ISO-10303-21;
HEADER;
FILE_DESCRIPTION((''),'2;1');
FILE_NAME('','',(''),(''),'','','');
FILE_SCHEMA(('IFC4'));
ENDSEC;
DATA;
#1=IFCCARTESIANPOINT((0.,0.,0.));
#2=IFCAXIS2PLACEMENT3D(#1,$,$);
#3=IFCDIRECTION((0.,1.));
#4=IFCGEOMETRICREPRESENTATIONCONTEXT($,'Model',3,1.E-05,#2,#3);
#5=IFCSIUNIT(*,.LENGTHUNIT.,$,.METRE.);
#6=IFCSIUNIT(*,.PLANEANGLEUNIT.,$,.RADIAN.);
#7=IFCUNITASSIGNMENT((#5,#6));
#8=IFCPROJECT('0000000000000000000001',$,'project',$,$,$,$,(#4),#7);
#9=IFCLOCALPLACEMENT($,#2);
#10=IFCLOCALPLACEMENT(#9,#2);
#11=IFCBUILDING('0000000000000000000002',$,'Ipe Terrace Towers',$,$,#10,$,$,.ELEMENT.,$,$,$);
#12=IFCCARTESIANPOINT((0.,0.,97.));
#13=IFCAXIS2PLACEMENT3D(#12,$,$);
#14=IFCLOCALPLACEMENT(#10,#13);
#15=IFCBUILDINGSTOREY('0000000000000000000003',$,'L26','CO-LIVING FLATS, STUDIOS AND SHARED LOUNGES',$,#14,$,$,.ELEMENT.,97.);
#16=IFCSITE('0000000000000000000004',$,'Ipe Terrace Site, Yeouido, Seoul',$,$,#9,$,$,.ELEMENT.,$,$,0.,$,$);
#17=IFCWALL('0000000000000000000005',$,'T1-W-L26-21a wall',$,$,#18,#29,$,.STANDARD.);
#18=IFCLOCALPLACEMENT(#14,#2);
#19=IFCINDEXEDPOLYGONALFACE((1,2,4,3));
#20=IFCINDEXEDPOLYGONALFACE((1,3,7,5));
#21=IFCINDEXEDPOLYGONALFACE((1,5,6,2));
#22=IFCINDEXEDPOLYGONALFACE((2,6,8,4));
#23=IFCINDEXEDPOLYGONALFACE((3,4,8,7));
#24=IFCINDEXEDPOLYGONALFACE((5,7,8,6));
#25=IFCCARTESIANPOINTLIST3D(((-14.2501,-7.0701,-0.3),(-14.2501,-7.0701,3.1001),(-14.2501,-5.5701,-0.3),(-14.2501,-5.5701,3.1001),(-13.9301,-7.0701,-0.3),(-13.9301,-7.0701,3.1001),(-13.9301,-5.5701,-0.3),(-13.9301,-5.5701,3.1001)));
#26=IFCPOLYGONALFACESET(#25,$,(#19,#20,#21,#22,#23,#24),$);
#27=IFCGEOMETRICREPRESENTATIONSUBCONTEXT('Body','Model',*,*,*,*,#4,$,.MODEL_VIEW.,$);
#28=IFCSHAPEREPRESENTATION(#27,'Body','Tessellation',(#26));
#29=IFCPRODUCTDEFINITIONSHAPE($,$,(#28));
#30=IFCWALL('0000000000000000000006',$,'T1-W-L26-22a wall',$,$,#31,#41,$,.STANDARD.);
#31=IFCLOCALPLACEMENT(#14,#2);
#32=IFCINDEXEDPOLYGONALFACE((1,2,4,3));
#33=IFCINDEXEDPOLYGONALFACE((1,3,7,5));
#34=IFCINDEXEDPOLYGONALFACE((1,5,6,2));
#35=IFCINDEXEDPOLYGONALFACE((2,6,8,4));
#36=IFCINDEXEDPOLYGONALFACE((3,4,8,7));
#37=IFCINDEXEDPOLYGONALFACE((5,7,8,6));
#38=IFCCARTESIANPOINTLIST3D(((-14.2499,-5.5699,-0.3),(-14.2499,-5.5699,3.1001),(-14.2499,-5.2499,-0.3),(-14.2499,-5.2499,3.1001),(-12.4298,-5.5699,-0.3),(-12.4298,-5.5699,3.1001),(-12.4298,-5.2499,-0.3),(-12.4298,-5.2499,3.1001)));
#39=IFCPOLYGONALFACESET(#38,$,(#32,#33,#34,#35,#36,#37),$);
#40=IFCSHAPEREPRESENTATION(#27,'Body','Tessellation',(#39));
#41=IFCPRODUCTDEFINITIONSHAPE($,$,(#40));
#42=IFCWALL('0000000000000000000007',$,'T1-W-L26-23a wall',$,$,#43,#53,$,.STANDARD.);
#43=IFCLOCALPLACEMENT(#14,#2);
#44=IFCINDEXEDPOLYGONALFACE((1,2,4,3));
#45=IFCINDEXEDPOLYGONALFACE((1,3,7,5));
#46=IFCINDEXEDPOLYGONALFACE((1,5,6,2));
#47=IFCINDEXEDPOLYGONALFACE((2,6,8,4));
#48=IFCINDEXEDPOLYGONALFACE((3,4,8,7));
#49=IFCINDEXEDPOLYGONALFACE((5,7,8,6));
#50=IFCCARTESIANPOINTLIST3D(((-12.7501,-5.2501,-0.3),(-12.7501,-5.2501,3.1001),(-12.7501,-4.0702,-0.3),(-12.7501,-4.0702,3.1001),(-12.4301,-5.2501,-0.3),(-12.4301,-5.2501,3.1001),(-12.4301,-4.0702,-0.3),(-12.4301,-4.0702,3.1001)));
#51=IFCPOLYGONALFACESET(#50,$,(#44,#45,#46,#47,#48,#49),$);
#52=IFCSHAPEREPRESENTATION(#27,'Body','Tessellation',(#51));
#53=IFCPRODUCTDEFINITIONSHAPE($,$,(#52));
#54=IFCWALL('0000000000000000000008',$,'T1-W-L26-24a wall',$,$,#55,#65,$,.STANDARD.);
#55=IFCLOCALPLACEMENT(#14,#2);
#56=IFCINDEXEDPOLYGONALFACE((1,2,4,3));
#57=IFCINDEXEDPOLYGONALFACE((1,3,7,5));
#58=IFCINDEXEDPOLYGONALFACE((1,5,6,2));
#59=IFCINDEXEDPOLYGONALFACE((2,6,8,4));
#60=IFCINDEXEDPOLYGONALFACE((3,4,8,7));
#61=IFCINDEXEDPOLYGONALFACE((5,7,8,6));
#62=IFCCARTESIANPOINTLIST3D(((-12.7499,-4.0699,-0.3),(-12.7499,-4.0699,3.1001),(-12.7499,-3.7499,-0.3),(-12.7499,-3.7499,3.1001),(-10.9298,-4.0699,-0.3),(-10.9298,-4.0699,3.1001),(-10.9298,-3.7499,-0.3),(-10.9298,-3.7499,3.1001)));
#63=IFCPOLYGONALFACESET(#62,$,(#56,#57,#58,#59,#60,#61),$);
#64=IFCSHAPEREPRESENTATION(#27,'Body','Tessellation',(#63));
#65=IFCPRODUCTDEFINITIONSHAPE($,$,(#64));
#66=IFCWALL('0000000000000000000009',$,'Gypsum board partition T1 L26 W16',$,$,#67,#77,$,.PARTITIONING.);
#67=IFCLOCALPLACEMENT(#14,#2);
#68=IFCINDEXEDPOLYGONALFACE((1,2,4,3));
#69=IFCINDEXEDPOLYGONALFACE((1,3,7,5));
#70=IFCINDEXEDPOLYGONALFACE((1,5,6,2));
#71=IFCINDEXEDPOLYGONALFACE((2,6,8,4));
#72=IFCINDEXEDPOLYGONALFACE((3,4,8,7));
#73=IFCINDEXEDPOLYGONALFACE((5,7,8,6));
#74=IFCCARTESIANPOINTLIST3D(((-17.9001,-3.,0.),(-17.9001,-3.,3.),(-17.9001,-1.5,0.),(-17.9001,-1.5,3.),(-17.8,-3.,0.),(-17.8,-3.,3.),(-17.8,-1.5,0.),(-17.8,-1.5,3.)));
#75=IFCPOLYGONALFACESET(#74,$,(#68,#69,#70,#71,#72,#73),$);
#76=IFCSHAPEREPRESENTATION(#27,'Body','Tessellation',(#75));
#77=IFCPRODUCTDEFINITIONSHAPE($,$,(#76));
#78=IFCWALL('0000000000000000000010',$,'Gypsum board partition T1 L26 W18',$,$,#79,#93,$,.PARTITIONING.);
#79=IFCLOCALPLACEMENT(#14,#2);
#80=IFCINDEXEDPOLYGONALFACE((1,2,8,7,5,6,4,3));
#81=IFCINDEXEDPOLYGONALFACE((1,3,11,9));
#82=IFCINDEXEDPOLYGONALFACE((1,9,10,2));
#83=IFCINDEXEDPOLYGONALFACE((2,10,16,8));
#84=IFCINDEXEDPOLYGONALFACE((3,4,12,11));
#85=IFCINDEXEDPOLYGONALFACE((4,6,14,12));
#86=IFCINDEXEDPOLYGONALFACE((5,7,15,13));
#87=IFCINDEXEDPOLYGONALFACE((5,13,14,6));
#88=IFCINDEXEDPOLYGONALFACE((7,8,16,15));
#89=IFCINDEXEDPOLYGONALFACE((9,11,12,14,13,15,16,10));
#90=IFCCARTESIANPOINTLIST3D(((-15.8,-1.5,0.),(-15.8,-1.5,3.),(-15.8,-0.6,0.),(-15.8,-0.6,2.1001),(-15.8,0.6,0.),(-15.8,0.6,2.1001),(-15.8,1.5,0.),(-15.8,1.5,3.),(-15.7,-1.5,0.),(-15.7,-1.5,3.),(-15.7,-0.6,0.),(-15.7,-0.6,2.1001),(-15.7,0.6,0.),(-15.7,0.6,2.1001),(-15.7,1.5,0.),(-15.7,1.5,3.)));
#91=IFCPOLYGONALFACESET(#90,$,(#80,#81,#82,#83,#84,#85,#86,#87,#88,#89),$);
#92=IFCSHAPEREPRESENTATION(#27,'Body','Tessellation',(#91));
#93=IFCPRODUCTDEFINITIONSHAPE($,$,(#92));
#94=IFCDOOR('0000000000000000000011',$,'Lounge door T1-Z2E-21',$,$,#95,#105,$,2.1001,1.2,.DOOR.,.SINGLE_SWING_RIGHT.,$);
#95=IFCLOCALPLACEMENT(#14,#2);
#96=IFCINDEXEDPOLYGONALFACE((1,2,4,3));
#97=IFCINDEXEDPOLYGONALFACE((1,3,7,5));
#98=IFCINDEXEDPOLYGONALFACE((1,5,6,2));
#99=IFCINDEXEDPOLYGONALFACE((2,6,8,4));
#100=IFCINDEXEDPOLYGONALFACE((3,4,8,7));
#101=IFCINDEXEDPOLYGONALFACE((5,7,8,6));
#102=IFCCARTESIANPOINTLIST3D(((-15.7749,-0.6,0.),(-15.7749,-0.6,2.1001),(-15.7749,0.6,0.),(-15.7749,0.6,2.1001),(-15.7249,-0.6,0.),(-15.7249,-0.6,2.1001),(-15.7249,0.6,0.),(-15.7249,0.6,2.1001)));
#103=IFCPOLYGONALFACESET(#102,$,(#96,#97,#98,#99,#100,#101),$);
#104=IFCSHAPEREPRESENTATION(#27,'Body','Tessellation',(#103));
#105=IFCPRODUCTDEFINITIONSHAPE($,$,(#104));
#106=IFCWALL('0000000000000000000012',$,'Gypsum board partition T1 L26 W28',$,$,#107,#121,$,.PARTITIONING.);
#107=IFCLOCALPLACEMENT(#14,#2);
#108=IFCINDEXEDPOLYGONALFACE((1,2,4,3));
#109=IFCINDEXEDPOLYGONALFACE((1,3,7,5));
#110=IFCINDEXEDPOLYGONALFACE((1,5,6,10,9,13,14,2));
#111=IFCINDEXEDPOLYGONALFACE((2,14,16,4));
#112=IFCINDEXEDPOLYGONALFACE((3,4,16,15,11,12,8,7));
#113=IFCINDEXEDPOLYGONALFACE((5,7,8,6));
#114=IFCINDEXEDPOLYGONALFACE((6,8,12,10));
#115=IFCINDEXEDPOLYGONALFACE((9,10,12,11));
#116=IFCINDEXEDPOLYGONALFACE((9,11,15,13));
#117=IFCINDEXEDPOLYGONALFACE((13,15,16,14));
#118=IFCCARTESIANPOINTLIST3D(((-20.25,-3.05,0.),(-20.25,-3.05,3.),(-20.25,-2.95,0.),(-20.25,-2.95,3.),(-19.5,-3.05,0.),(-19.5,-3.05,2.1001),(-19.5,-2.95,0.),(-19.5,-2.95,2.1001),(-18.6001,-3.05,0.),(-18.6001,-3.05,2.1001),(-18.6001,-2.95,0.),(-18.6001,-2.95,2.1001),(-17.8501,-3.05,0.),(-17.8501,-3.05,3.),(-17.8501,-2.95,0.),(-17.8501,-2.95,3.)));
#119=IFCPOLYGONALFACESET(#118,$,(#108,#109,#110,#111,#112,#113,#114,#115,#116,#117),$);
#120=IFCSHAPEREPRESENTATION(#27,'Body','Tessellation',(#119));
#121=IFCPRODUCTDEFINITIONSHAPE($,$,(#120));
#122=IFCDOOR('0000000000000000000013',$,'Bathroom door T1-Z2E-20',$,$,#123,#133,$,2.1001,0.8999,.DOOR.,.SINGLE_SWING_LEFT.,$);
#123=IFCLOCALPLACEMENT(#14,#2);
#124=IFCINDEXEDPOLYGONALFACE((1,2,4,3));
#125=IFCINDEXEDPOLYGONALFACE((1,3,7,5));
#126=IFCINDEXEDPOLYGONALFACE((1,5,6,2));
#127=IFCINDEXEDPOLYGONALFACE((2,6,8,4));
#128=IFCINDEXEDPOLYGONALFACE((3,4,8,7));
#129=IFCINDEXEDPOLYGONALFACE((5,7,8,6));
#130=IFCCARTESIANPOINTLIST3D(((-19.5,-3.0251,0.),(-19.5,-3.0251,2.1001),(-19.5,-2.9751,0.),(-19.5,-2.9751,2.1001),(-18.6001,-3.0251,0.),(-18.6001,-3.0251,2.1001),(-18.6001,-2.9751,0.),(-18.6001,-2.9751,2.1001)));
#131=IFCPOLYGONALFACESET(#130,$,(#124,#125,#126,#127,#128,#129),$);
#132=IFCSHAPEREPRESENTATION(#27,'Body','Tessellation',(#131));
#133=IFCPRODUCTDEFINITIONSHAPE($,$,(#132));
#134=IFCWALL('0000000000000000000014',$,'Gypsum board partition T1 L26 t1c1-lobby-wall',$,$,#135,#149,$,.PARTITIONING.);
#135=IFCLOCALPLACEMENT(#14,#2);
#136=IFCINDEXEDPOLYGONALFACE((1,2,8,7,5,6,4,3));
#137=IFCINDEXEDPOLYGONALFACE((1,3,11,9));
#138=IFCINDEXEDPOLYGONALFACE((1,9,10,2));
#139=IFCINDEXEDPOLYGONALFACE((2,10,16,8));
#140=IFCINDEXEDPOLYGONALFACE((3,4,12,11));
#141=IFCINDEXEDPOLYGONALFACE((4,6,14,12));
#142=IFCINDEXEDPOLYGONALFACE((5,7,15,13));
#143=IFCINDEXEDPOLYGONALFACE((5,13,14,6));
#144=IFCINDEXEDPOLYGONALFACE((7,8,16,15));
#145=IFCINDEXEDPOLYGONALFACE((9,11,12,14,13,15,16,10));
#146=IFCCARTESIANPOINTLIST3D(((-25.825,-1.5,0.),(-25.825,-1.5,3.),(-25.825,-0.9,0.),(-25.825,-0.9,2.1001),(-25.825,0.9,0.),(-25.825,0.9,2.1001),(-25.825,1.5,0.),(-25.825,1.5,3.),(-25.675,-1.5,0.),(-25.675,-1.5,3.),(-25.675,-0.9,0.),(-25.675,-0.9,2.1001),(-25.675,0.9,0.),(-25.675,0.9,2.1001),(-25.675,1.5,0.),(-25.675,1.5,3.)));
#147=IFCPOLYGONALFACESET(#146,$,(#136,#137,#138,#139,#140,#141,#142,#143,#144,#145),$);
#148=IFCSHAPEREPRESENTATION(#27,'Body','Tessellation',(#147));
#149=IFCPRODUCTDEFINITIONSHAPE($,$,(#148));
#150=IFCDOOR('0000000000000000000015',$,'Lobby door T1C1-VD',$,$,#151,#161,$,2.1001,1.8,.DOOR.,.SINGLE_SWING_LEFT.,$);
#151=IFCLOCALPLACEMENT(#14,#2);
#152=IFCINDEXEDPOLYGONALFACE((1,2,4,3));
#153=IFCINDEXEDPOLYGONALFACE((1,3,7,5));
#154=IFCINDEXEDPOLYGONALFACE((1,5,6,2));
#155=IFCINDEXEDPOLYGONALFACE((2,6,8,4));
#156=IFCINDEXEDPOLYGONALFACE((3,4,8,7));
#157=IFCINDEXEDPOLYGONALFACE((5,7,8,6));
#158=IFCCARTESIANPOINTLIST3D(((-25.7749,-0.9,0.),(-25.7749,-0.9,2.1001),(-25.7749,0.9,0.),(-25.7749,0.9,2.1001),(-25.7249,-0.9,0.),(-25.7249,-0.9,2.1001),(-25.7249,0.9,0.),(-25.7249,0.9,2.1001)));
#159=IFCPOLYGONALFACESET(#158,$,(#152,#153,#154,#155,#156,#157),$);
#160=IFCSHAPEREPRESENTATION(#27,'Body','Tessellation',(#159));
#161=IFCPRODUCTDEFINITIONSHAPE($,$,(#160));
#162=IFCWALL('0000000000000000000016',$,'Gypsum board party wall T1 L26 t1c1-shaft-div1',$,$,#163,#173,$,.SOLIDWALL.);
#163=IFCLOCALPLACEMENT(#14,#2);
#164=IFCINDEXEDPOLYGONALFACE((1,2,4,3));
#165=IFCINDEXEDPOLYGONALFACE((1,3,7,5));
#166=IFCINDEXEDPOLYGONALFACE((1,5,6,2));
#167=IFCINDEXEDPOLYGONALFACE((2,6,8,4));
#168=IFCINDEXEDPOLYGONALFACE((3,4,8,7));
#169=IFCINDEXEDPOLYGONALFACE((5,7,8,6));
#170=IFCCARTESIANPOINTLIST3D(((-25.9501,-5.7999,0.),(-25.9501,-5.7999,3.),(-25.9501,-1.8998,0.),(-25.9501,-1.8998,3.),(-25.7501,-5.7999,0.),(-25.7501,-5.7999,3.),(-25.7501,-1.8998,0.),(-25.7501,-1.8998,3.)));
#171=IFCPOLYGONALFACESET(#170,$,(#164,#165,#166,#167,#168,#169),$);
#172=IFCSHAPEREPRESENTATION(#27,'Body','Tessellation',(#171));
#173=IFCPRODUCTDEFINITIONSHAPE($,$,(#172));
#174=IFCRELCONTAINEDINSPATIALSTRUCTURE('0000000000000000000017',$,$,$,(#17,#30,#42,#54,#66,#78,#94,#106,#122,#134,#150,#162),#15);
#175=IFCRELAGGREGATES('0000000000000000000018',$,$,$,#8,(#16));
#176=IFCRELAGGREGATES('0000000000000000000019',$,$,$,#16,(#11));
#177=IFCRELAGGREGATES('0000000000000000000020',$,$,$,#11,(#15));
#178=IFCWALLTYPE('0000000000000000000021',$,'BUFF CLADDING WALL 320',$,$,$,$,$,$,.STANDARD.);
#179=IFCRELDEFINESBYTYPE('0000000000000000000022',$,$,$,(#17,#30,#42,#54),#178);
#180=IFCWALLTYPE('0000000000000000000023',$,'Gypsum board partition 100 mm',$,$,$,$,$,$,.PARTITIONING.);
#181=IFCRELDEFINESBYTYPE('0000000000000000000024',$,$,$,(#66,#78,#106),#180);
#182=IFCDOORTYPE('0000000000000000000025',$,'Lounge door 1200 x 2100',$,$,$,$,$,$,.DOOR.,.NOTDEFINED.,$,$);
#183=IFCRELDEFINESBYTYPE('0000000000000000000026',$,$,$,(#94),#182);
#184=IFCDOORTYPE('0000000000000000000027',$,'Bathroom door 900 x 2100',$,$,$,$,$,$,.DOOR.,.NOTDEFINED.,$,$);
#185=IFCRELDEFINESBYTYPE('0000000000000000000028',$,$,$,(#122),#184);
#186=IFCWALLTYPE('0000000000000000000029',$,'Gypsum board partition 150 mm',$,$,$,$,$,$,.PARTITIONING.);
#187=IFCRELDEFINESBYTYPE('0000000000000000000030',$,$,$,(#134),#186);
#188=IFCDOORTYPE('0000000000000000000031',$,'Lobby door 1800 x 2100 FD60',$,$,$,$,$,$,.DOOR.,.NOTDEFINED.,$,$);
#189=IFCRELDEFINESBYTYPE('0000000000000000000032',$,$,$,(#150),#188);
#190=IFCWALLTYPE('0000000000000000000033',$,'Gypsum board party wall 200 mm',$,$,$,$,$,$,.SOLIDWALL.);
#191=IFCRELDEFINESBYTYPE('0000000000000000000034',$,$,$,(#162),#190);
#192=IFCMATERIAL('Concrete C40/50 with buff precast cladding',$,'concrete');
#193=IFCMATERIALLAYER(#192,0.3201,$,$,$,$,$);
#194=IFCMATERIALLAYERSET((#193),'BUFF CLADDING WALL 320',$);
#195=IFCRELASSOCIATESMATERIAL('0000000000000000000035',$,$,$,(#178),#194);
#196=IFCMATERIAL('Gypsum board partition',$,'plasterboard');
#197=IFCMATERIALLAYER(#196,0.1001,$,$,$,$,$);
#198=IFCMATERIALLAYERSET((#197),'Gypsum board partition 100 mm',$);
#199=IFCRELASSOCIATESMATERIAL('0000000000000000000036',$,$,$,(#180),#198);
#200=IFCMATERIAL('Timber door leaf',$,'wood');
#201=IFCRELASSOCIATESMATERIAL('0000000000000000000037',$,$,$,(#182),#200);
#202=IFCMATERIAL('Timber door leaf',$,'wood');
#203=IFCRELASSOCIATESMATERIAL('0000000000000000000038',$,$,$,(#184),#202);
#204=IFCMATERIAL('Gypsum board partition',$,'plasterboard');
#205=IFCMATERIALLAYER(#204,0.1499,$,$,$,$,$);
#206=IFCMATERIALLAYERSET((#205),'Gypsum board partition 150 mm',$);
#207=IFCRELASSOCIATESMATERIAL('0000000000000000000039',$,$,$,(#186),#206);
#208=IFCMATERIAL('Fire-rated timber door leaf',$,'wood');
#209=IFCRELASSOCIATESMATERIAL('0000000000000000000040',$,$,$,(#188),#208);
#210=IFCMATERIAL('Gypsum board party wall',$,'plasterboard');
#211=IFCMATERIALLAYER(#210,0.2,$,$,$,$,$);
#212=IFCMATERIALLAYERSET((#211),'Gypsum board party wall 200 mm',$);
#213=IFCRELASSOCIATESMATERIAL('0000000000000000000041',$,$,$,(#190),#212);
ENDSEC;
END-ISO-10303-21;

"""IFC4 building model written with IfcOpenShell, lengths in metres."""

from ifc_helpers import new_model, si_unit, direction, frame, frame_2d, origin, place, context, subcontext, project, spatial, rectangle, extrude, material, layer, layer_set, type_object, element, fill, save


model = new_model("IFC4")

# Units and contexts
model_context = context("Model", 3, precision=1e-05, world=origin(), true_north=direction((0.0, 1.0)))
body_context = subcontext(model_context, "Body", "Model", "MODEL_VIEW")
ifc_project = project(units=[si_unit("LENGTHUNIT", "METRE"), si_unit("PLANEANGLEUNIT", "RADIAN")], contexts=[model_context])

# Site, building, storey
site_placement = place(None, origin())
site = spatial("IfcSite", under=ifc_project, at=site_placement, Name="Ipe Terrace Site, Yeouido, Seoul", CompositionType="ELEMENT", RefElevation=0.0)
building_placement = place(site_placement, origin())
building = spatial("IfcBuilding", under=site, at=building_placement, Name="Ipe Terrace Towers", CompositionType="ELEMENT")
storey_placement = place(building_placement, frame((0.0, 0.0, 97.0)))
storey = spatial("IfcBuildingStorey", under=building, at=storey_placement, Name="L26", Description="CO-LIVING FLATS, STUDIOS AND SHARED LOUNGES", CompositionType="ELEMENT", Elevation=97.0)

# Walls
ifc_material_1 = material(Name="Concrete C40/50 with buff precast cladding", Category="concrete")
ifc_layer_1 = layer(ifc_material_1, 0.3201)
ifc_layer_set_1 = layer_set([ifc_layer_1], Name="BUFF CLADDING WALL 320")
wall_type_1 = type_object("IfcWallType", Name="BUFF CLADDING WALL 320", PredefinedType="STANDARD", material=ifc_layer_set_1)
wall_1_placement = place(storey_placement, frame((-14.0901, -7.0701, -0.3), z_axis=(0.0, 0.0, 1.0), x_axis=(0.0, 1.0, 0.0)))
element("IfcWall", 1, at=wall_1_placement, inside=storey, type_object=wall_type_1, Name="T1-W-L26-21a wall", PredefinedType="STANDARD", context=body_context, shape_type="SweptSolid", body=[
    extrude(rectangle(XDim=1.5, YDim=0.3201, at=frame_2d((0.75, 0.0))), origin(), (0.0, 0.0, 1.0), 3.4001),
])
wall_2_placement = place(storey_placement, frame((-14.25, -5.4099, -0.3), z_axis=(0.0, 0.0, 1.0), x_axis=(1.0, 0.0, 0.0)))
element("IfcWall", 2, at=wall_2_placement, inside=storey, type_object=wall_type_1, Name="T1-W-L26-22a wall", PredefinedType="STANDARD", context=body_context, shape_type="SweptSolid", body=[
    extrude(rectangle(XDim=1.8201, YDim=0.3201, at=frame_2d((0.9102, 0.0))), origin(), (0.0, 0.0, 1.0), 3.4001),
])
wall_3_placement = place(storey_placement, frame((-12.5901, -5.25, -0.3), z_axis=(0.0, 0.0, 1.0), x_axis=(0.0, 1.0, 0.0)))
element("IfcWall", 3, at=wall_3_placement, inside=storey, type_object=wall_type_1, Name="T1-W-L26-23a wall", PredefinedType="STANDARD", context=body_context, shape_type="SweptSolid", body=[
    extrude(rectangle(XDim=1.1799, YDim=0.3201, at=frame_2d((0.5898, 0.0))), origin(), (0.0, 0.0, 1.0), 3.4001),
])
wall_4_placement = place(storey_placement, frame((-12.75, -3.9099, -0.3), z_axis=(0.0, 0.0, 1.0), x_axis=(1.0, 0.0, 0.0)))
element("IfcWall", 4, at=wall_4_placement, inside=storey, type_object=wall_type_1, Name="T1-W-L26-24a wall", PredefinedType="STANDARD", context=body_context, shape_type="SweptSolid", body=[
    extrude(rectangle(XDim=1.8201, YDim=0.3201, at=frame_2d((0.9102, 0.0))), origin(), (0.0, 0.0, 1.0), 3.4001),
])
ifc_material_2 = material(Name="Gypsum board partition", Category="plasterboard")
ifc_layer_2 = layer(ifc_material_2, 0.1001)
ifc_layer_set_2 = layer_set([ifc_layer_2], Name="Gypsum board partition 100 mm")
wall_type_2 = type_object("IfcWallType", Name="Gypsum board partition 100 mm", PredefinedType="PARTITIONING", material=ifc_layer_set_2)
wall_5_placement = place(storey_placement, frame((-17.8501, -3.0, 0.0), z_axis=(0.0, 0.0, 1.0), x_axis=(0.0, 1.0, 0.0)))
element("IfcWall", 5, at=wall_5_placement, inside=storey, type_object=wall_type_2, Name="Gypsum board partition T1 L26 W16", PredefinedType="PARTITIONING", context=body_context, shape_type="SweptSolid", body=[
    extrude(rectangle(XDim=1.5, YDim=0.1001, at=frame_2d((0.75, 0.0))), origin(), (0.0, 0.0, 1.0), 3.0),
])

# Walls, openings, doors
wall_6_placement = place(storey_placement, frame((-15.75, -1.5, 0.0), z_axis=(0.0, 0.0, 1.0), x_axis=(0.0, 1.0, 0.0)))
wall_6 = element("IfcWall", 6, at=wall_6_placement, inside=storey, type_object=wall_type_2, Name="Gypsum board partition T1 L26 W18", PredefinedType="PARTITIONING", context=body_context, shape_type="SweptSolid", body=[
    extrude(rectangle(XDim=3.0, YDim=0.1001, at=frame_2d((1.5, 0.0))), origin(), (0.0, 0.0, 1.0), 3.0),
])
opening_1_placement = place(wall_6_placement, frame((0.8999, 0.0, 0.0)))
opening_1 = element("IfcOpeningElement", 7, at=opening_1_placement, cuts=wall_6, PredefinedType="OPENING", context=body_context, shape_type="SweptSolid", body=[
    extrude(rectangle(XDim=1.2, YDim=2.1001, at=frame_2d((0.6001, 1.05))), frame((0.0, 0.0601, 0.0), z_axis=(0.0, -1.0, 0.0), x_axis=(1.0, 0.0, 0.0)), (0.0, 0.0, 1.0), 0.1201),
])
ifc_material_3 = material(Name="Timber door leaf", Category="wood")
door_type_1 = type_object("IfcDoorType", Name="Lounge door 1200 x 2100", OperationType="NOTDEFINED", PredefinedType="DOOR", material=ifc_material_3)
door_1_placement = place(opening_1_placement, origin())
door_1 = element("IfcDoor", 8, at=door_1_placement, inside=storey, type_object=door_type_1, Name="Lounge door T1-Z2E-21", OperationType="SINGLE_SWING_RIGHT", OverallHeight=2.1001, OverallWidth=1.2, PredefinedType="DOOR", context=body_context, shape_type="SweptSolid", body=[
    extrude(rectangle(XDim=1.2, YDim=2.1001, at=frame_2d((0.6001, 1.05))), frame((0.0, 0.0249, 0.0), z_axis=(0.0, -1.0, 0.0), x_axis=(1.0, 0.0, 0.0)), (0.0, 0.0, 1.0), 0.05),
])
fill(opening_1, door_1)
wall_7_placement = place(storey_placement, frame((-20.25, -3.0, 0.0), z_axis=(0.0, 0.0, 1.0), x_axis=(1.0, 0.0, 0.0)))
wall_7 = element("IfcWall", 9, at=wall_7_placement, inside=storey, type_object=wall_type_2, Name="Gypsum board partition T1 L26 W28", PredefinedType="PARTITIONING", context=body_context, shape_type="SweptSolid", body=[
    extrude(rectangle(XDim=2.3999, YDim=0.1001, at=frame_2d((1.2, 0.0))), origin(), (0.0, 0.0, 1.0), 3.0),
])
opening_2_placement = place(wall_7_placement, frame((0.75, 0.0, 0.0)))
opening_2 = element("IfcOpeningElement", 10, at=opening_2_placement, cuts=wall_7, PredefinedType="OPENING", context=body_context, shape_type="SweptSolid", body=[
    extrude(rectangle(XDim=0.8999, YDim=2.1001, at=frame_2d((0.45, 1.05))), frame((0.0, 0.0601, 0.0), z_axis=(0.0, -1.0, 0.0), x_axis=(1.0, 0.0, 0.0)), (0.0, 0.0, 1.0), 0.1201),
])
ifc_material_4 = material(Name="Timber door leaf", Category="wood")
door_type_2 = type_object("IfcDoorType", Name="Bathroom door 900 x 2100", OperationType="NOTDEFINED", PredefinedType="DOOR", material=ifc_material_4)
door_2_placement = place(opening_2_placement, origin())
door_2 = element("IfcDoor", 11, at=door_2_placement, inside=storey, type_object=door_type_2, Name="Bathroom door T1-Z2E-20", OperationType="SINGLE_SWING_LEFT", OverallHeight=2.1001, OverallWidth=0.8999, PredefinedType="DOOR", context=body_context, shape_type="SweptSolid", body=[
    extrude(rectangle(XDim=0.8999, YDim=2.1001, at=frame_2d((0.45, 1.05))), frame((0.0, 0.0249, 0.0), z_axis=(0.0, -1.0, 0.0), x_axis=(1.0, 0.0, 0.0)), (0.0, 0.0, 1.0), 0.05),
])
fill(opening_2, door_2)
ifc_material_5 = material(Name="Gypsum board partition", Category="plasterboard")
ifc_layer_3 = layer(ifc_material_5, 0.1499)
ifc_layer_set_3 = layer_set([ifc_layer_3], Name="Gypsum board partition 150 mm")
wall_type_3 = type_object("IfcWallType", Name="Gypsum board partition 150 mm", PredefinedType="PARTITIONING", material=ifc_layer_set_3)
wall_8_placement = place(storey_placement, frame((-25.75, -1.5, 0.0), z_axis=(0.0, 0.0, 1.0), x_axis=(0.0, 1.0, 0.0)))
wall_8 = element("IfcWall", 12, at=wall_8_placement, inside=storey, type_object=wall_type_3, Name="Gypsum board partition T1 L26 t1c1-lobby-wall", PredefinedType="PARTITIONING", context=body_context, shape_type="SweptSolid", body=[
    extrude(rectangle(XDim=3.0, YDim=0.1499, at=frame_2d((1.5, 0.0))), origin(), (0.0, 0.0, 1.0), 3.0),
])
opening_3_placement = place(wall_8_placement, frame((0.6001, 0.0, 0.0)))
opening_3 = element("IfcOpeningElement", 13, at=opening_3_placement, cuts=wall_8, PredefinedType="OPENING", context=body_context, shape_type="SweptSolid", body=[
    extrude(rectangle(XDim=1.8, YDim=2.1001, at=frame_2d((0.8999, 1.05))), frame((0.0, 0.085, 0.0), z_axis=(0.0, -1.0, 0.0), x_axis=(1.0, 0.0, 0.0)), (0.0, 0.0, 1.0), 0.1699),
])
ifc_material_6 = material(Name="Fire-rated timber door leaf", Category="wood")
door_type_3 = type_object("IfcDoorType", Name="Lobby door 1800 x 2100 FD60", OperationType="NOTDEFINED", PredefinedType="DOOR", material=ifc_material_6)
door_3_placement = place(opening_3_placement, origin())
door_3 = element("IfcDoor", 14, at=door_3_placement, inside=storey, type_object=door_type_3, Name="Lobby door T1C1-VD", OperationType="SINGLE_SWING_LEFT", OverallHeight=2.1001, OverallWidth=1.8, PredefinedType="DOOR", context=body_context, shape_type="SweptSolid", body=[
    extrude(rectangle(XDim=1.8, YDim=2.1001, at=frame_2d((0.8999, 1.05))), frame((0.0, 0.0249, 0.0), z_axis=(0.0, -1.0, 0.0), x_axis=(1.0, 0.0, 0.0)), (0.0, 0.0, 1.0), 0.05),
])
fill(opening_3, door_3)

# Wall
ifc_material_7 = material(Name="Gypsum board party wall", Category="plasterboard")
ifc_layer_4 = layer(ifc_material_7, 0.2)
ifc_layer_set_4 = layer_set([ifc_layer_4], Name="Gypsum board party wall 200 mm")
wall_type_4 = type_object("IfcWallType", Name="Gypsum board party wall 200 mm", PredefinedType="SOLIDWALL", material=ifc_layer_set_4)
for number, where, z_axis, x_axis, name in (
    (15, (-25.8501, -5.8, 0.0), (0.0, 0.0, 1.0), (0.0, 1.0, 0.0), "Gypsum board party wall T1 L26 t1c1-shaft-div1"),
):
    element("IfcWall", number, at=place(storey_placement, frame(where, z_axis=z_axis, x_axis=x_axis)), inside=storey, type_object=wall_type_4, Name=name, PredefinedType="SOLIDWALL", context=body_context, shape_type="SweptSolid", body=[
        extrude(rectangle(XDim=3.9001, YDim=0.2, at=frame_2d((1.9502, 0.0))), origin(), (0.0, 0.0, 1.0), 3.0),
    ])

save(model, "model.ifc")
